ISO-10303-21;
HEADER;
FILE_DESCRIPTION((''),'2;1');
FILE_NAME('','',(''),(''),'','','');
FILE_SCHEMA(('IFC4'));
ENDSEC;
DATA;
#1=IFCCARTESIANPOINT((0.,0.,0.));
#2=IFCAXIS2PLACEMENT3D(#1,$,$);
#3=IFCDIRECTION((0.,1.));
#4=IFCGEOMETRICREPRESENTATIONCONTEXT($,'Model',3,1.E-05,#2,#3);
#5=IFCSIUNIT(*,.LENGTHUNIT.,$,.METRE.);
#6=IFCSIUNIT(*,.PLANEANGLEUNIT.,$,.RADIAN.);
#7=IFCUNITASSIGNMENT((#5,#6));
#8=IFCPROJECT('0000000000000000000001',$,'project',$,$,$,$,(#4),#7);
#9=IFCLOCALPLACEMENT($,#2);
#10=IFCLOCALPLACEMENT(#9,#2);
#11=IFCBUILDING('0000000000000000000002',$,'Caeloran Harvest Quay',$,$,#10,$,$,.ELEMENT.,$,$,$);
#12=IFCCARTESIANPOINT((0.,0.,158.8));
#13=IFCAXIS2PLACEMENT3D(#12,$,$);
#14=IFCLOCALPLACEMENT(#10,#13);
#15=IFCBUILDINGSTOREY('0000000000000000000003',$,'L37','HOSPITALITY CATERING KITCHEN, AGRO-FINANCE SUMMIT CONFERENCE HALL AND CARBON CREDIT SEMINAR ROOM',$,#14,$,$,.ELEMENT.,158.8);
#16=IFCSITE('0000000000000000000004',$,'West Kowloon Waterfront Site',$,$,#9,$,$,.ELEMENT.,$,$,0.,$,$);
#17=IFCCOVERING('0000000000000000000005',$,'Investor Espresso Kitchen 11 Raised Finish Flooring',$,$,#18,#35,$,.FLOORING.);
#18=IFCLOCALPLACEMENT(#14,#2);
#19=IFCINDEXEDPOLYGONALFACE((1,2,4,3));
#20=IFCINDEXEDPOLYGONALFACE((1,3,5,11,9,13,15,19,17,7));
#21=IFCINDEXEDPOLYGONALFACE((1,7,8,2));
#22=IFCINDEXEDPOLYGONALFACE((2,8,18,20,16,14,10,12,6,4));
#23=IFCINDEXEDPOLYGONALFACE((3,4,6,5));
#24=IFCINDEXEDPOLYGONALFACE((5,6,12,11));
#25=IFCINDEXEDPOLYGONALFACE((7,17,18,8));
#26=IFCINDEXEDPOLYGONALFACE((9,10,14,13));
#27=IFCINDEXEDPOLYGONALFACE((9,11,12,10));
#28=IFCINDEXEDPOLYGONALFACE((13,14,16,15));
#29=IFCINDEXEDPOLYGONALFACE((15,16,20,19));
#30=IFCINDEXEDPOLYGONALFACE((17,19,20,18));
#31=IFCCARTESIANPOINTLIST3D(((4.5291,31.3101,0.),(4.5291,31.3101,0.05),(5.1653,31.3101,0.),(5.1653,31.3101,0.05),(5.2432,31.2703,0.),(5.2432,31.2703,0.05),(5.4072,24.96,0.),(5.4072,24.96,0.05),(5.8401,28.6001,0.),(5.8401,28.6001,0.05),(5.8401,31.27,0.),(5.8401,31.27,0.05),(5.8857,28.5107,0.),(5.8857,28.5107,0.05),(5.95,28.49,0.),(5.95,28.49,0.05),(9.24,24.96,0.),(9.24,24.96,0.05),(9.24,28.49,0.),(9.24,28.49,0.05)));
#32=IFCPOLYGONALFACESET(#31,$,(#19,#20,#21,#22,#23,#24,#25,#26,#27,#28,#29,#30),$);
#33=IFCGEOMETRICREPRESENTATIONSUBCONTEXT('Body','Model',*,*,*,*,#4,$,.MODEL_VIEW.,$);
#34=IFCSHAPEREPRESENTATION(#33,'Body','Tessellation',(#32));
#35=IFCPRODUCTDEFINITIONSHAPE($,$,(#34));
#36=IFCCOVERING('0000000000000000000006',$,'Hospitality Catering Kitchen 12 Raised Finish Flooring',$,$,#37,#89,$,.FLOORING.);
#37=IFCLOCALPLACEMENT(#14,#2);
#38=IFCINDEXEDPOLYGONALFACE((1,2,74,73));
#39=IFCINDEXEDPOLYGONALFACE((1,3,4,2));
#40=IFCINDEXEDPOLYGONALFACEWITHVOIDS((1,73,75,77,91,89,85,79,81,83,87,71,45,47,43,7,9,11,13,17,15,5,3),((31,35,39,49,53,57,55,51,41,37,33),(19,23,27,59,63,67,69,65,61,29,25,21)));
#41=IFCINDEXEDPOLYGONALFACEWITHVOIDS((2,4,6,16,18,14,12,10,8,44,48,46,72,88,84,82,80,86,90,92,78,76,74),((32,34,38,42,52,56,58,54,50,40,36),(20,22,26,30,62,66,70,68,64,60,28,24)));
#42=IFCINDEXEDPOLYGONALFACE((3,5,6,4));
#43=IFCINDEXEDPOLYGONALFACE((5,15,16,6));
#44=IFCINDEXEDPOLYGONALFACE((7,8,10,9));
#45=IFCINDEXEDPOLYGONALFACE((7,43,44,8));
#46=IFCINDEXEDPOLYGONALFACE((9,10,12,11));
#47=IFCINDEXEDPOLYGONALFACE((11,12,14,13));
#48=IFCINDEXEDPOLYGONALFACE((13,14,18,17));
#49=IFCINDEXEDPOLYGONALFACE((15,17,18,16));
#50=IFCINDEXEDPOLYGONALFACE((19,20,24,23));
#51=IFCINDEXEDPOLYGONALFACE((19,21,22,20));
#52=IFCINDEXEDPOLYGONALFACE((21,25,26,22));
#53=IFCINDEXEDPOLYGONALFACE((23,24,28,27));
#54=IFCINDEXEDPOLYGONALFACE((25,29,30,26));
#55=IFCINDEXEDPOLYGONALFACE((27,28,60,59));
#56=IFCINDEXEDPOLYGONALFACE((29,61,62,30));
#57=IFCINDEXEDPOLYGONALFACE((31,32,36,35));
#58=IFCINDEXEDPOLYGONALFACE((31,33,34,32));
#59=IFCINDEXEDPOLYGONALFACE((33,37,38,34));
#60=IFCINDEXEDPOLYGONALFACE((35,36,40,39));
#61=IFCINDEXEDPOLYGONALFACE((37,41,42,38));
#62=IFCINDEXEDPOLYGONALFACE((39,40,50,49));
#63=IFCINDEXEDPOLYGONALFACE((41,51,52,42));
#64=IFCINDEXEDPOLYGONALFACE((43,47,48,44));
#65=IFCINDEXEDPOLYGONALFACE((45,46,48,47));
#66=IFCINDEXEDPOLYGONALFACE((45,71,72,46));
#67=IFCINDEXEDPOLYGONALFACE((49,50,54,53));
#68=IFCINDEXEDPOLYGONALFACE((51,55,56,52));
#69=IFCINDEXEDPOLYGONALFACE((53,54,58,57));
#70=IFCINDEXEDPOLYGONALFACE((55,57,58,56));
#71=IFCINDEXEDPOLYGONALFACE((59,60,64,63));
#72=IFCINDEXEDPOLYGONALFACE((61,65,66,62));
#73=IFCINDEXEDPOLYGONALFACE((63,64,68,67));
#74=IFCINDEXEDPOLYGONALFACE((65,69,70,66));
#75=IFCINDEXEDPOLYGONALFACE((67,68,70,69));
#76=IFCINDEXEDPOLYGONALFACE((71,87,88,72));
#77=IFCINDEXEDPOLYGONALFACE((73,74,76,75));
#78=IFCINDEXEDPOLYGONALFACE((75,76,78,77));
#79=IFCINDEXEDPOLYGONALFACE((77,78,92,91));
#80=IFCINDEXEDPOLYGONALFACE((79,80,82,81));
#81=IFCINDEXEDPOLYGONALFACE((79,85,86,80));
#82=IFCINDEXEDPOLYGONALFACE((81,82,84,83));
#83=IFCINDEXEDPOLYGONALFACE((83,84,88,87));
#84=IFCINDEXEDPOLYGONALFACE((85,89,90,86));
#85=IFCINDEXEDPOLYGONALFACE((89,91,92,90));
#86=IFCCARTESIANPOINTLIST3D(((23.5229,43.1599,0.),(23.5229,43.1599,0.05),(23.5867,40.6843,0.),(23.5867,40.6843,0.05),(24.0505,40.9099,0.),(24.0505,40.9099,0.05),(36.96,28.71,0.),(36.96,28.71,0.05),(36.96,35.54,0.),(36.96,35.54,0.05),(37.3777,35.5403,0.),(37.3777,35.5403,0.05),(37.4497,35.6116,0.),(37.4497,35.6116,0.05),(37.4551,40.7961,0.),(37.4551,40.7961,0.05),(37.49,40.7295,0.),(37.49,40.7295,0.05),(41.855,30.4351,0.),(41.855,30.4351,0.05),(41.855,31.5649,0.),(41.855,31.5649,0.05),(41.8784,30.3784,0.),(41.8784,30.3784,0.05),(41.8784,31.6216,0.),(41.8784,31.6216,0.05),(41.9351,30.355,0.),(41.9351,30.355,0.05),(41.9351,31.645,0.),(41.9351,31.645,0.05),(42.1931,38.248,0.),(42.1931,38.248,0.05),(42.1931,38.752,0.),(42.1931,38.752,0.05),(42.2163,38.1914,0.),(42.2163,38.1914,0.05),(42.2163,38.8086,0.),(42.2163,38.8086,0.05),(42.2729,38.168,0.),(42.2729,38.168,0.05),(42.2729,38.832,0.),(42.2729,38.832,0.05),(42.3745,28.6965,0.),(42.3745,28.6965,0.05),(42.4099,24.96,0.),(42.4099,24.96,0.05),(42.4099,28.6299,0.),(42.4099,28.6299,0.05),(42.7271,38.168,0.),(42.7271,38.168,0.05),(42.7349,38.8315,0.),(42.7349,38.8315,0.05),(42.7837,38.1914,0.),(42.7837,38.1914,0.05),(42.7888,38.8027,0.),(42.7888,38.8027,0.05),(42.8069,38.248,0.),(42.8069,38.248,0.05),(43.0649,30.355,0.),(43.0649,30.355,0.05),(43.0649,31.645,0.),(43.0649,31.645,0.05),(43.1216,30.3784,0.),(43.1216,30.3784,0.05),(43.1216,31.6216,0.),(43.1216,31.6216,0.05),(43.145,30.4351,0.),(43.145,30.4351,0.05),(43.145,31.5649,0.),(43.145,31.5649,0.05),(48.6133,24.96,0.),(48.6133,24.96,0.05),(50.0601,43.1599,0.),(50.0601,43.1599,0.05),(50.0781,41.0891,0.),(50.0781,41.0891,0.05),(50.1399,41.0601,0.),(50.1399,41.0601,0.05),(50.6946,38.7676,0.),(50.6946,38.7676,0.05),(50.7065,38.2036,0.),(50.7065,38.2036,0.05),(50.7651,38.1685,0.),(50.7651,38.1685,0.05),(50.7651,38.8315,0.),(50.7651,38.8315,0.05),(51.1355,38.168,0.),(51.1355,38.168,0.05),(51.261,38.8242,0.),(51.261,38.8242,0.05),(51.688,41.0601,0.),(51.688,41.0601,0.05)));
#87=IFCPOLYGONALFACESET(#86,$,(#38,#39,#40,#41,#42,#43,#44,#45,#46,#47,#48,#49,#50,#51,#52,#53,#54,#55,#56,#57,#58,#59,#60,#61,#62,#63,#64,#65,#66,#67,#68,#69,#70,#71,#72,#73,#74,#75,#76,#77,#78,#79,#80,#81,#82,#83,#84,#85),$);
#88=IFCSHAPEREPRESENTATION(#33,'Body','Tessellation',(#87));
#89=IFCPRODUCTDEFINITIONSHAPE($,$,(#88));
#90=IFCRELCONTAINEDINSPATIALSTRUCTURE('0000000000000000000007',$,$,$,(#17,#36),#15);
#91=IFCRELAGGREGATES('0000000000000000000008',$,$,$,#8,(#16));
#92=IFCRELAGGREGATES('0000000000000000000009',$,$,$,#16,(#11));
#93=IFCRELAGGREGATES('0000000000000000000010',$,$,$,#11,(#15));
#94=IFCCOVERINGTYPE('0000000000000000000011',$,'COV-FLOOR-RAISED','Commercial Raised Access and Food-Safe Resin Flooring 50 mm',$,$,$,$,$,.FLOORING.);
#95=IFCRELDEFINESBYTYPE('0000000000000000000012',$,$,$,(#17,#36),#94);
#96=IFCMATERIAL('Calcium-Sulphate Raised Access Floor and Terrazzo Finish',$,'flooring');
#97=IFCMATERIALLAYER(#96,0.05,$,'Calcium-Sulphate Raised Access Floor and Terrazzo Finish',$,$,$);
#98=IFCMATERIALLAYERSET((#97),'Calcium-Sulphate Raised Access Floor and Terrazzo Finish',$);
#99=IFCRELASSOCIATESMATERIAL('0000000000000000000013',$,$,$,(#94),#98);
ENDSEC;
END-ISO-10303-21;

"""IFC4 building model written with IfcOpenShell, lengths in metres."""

from ifc_helpers import new_model, si_unit, direction, frame, origin, place, context, subcontext, project, spatial, polyline, outline, extrude, material, layer, layer_set, type_object, element, save


model = new_model("IFC4")

# Units and contexts
model_context = context("Model", 3, precision=1e-05, world=origin(), true_north=direction((0.0, 1.0)))
body_context = subcontext(model_context, "Body", "Model", "MODEL_VIEW")
ifc_project = project(units=[si_unit("LENGTHUNIT", "METRE"), si_unit("PLANEANGLEUNIT", "RADIAN")], contexts=[model_context])

# Site, building, storey
site_placement = place(None, origin())
site = spatial("IfcSite", under=ifc_project, at=site_placement, Name="West Kowloon Waterfront Site", CompositionType="ELEMENT", RefElevation=0.0)
building_placement = place(site_placement, origin())
building = spatial("IfcBuilding", under=site, at=building_placement, Name="Caeloran Harvest Quay", CompositionType="ELEMENT")
storey_placement = place(building_placement, frame((0.0, 0.0, 158.8)))
storey = spatial("IfcBuildingStorey", under=building, at=storey_placement, Name="L37", Description="HOSPITALITY CATERING KITCHEN, AGRO-FINANCE SUMMIT CONFERENCE HALL AND CARBON CREDIT SEMINAR ROOM", CompositionType="ELEMENT", Elevation=158.8)

# Coverings
ifc_material_1 = material(Name="Calcium-Sulphate Raised Access Floor and Terrazzo Finish", Category="flooring")
ifc_layer_1 = layer(ifc_material_1, 0.05, Name="Calcium-Sulphate Raised Access Floor and Terrazzo Finish")
ifc_layer_set_1 = layer_set([ifc_layer_1], Name="Calcium-Sulphate Raised Access Floor and Terrazzo Finish")
covering_type_1 = type_object("IfcCoveringType", Name="COV-FLOOR-RAISED", Description="Commercial Raised Access and Food-Safe Resin Flooring 50 mm", PredefinedType="FLOORING", material=ifc_layer_set_1)
covering_1_placement = place(storey_placement, origin())
element("IfcCovering", 1, at=covering_1_placement, inside=storey, type_object=covering_type_1, Name="Investor Espresso Kitchen 11 Raised Finish Flooring", PredefinedType="FLOORING", context=body_context, shape_type="SweptSolid", body=[
    extrude(outline(polyline([(5.1653, 31.3101), (5.2432, 31.2703), (5.8401, 31.27), (5.8401, 28.6001), (5.8857, 28.5107), (5.95, 28.49), (9.24, 28.49), (9.24, 24.96), (5.4072, 24.96), (4.5291, 31.3101), (5.1653, 31.3101)])), origin(), (0.0, 0.0, 1.0), 0.05),
])
covering_2_placement = place(storey_placement, origin())
element("IfcCovering", 2, at=covering_2_placement, inside=storey, type_object=covering_type_1, Name="Hospitality Catering Kitchen 12 Raised Finish Flooring", PredefinedType="FLOORING", context=body_context, shape_type="SweptSolid", body=[
    extrude(outline(polyline([(24.0505, 40.9099), (23.5867, 40.6843), (23.5229, 43.1599), (50.0601, 43.1599), (50.0781, 41.0891), (50.1399, 41.0601), (51.688, 41.0601), (51.261, 38.8242), (50.7651, 38.8315), (50.6946, 38.7676), (50.7065, 38.2036), (50.7651, 38.1685), (51.1355, 38.168), (48.6133, 24.96), (42.4099, 24.96), (42.4099, 28.6299), (42.3745, 28.6965), (36.96, 28.71), (36.96, 35.54), (37.3777, 35.5403), (37.4497, 35.6116), (37.49, 40.7295), (37.4551, 40.7961), (24.0505, 40.9099)]), holes=[polyline([(41.9351, 31.645), (41.8784, 31.6216), (41.855, 31.5649), (41.855, 30.4351), (41.8784, 30.3784), (41.9351, 30.355), (43.0649, 30.355), (43.1216, 30.3784), (43.145, 30.4351), (43.145, 31.5649), (43.1216, 31.6216), (43.0649, 31.645), (41.9351, 31.645)]), polyline([(42.8069, 38.248), (42.7888, 38.8027), (42.7349, 38.8315), (42.2729, 38.832), (42.2163, 38.8086), (42.1931, 38.752), (42.1931, 38.248), (42.2163, 38.1914), (42.2729, 38.168), (42.7271, 38.168), (42.7837, 38.1914), (42.8069, 38.248)])]), origin(), (0.0, 0.0, 1.0), 0.05),
])

save(model, "model.ifc")
